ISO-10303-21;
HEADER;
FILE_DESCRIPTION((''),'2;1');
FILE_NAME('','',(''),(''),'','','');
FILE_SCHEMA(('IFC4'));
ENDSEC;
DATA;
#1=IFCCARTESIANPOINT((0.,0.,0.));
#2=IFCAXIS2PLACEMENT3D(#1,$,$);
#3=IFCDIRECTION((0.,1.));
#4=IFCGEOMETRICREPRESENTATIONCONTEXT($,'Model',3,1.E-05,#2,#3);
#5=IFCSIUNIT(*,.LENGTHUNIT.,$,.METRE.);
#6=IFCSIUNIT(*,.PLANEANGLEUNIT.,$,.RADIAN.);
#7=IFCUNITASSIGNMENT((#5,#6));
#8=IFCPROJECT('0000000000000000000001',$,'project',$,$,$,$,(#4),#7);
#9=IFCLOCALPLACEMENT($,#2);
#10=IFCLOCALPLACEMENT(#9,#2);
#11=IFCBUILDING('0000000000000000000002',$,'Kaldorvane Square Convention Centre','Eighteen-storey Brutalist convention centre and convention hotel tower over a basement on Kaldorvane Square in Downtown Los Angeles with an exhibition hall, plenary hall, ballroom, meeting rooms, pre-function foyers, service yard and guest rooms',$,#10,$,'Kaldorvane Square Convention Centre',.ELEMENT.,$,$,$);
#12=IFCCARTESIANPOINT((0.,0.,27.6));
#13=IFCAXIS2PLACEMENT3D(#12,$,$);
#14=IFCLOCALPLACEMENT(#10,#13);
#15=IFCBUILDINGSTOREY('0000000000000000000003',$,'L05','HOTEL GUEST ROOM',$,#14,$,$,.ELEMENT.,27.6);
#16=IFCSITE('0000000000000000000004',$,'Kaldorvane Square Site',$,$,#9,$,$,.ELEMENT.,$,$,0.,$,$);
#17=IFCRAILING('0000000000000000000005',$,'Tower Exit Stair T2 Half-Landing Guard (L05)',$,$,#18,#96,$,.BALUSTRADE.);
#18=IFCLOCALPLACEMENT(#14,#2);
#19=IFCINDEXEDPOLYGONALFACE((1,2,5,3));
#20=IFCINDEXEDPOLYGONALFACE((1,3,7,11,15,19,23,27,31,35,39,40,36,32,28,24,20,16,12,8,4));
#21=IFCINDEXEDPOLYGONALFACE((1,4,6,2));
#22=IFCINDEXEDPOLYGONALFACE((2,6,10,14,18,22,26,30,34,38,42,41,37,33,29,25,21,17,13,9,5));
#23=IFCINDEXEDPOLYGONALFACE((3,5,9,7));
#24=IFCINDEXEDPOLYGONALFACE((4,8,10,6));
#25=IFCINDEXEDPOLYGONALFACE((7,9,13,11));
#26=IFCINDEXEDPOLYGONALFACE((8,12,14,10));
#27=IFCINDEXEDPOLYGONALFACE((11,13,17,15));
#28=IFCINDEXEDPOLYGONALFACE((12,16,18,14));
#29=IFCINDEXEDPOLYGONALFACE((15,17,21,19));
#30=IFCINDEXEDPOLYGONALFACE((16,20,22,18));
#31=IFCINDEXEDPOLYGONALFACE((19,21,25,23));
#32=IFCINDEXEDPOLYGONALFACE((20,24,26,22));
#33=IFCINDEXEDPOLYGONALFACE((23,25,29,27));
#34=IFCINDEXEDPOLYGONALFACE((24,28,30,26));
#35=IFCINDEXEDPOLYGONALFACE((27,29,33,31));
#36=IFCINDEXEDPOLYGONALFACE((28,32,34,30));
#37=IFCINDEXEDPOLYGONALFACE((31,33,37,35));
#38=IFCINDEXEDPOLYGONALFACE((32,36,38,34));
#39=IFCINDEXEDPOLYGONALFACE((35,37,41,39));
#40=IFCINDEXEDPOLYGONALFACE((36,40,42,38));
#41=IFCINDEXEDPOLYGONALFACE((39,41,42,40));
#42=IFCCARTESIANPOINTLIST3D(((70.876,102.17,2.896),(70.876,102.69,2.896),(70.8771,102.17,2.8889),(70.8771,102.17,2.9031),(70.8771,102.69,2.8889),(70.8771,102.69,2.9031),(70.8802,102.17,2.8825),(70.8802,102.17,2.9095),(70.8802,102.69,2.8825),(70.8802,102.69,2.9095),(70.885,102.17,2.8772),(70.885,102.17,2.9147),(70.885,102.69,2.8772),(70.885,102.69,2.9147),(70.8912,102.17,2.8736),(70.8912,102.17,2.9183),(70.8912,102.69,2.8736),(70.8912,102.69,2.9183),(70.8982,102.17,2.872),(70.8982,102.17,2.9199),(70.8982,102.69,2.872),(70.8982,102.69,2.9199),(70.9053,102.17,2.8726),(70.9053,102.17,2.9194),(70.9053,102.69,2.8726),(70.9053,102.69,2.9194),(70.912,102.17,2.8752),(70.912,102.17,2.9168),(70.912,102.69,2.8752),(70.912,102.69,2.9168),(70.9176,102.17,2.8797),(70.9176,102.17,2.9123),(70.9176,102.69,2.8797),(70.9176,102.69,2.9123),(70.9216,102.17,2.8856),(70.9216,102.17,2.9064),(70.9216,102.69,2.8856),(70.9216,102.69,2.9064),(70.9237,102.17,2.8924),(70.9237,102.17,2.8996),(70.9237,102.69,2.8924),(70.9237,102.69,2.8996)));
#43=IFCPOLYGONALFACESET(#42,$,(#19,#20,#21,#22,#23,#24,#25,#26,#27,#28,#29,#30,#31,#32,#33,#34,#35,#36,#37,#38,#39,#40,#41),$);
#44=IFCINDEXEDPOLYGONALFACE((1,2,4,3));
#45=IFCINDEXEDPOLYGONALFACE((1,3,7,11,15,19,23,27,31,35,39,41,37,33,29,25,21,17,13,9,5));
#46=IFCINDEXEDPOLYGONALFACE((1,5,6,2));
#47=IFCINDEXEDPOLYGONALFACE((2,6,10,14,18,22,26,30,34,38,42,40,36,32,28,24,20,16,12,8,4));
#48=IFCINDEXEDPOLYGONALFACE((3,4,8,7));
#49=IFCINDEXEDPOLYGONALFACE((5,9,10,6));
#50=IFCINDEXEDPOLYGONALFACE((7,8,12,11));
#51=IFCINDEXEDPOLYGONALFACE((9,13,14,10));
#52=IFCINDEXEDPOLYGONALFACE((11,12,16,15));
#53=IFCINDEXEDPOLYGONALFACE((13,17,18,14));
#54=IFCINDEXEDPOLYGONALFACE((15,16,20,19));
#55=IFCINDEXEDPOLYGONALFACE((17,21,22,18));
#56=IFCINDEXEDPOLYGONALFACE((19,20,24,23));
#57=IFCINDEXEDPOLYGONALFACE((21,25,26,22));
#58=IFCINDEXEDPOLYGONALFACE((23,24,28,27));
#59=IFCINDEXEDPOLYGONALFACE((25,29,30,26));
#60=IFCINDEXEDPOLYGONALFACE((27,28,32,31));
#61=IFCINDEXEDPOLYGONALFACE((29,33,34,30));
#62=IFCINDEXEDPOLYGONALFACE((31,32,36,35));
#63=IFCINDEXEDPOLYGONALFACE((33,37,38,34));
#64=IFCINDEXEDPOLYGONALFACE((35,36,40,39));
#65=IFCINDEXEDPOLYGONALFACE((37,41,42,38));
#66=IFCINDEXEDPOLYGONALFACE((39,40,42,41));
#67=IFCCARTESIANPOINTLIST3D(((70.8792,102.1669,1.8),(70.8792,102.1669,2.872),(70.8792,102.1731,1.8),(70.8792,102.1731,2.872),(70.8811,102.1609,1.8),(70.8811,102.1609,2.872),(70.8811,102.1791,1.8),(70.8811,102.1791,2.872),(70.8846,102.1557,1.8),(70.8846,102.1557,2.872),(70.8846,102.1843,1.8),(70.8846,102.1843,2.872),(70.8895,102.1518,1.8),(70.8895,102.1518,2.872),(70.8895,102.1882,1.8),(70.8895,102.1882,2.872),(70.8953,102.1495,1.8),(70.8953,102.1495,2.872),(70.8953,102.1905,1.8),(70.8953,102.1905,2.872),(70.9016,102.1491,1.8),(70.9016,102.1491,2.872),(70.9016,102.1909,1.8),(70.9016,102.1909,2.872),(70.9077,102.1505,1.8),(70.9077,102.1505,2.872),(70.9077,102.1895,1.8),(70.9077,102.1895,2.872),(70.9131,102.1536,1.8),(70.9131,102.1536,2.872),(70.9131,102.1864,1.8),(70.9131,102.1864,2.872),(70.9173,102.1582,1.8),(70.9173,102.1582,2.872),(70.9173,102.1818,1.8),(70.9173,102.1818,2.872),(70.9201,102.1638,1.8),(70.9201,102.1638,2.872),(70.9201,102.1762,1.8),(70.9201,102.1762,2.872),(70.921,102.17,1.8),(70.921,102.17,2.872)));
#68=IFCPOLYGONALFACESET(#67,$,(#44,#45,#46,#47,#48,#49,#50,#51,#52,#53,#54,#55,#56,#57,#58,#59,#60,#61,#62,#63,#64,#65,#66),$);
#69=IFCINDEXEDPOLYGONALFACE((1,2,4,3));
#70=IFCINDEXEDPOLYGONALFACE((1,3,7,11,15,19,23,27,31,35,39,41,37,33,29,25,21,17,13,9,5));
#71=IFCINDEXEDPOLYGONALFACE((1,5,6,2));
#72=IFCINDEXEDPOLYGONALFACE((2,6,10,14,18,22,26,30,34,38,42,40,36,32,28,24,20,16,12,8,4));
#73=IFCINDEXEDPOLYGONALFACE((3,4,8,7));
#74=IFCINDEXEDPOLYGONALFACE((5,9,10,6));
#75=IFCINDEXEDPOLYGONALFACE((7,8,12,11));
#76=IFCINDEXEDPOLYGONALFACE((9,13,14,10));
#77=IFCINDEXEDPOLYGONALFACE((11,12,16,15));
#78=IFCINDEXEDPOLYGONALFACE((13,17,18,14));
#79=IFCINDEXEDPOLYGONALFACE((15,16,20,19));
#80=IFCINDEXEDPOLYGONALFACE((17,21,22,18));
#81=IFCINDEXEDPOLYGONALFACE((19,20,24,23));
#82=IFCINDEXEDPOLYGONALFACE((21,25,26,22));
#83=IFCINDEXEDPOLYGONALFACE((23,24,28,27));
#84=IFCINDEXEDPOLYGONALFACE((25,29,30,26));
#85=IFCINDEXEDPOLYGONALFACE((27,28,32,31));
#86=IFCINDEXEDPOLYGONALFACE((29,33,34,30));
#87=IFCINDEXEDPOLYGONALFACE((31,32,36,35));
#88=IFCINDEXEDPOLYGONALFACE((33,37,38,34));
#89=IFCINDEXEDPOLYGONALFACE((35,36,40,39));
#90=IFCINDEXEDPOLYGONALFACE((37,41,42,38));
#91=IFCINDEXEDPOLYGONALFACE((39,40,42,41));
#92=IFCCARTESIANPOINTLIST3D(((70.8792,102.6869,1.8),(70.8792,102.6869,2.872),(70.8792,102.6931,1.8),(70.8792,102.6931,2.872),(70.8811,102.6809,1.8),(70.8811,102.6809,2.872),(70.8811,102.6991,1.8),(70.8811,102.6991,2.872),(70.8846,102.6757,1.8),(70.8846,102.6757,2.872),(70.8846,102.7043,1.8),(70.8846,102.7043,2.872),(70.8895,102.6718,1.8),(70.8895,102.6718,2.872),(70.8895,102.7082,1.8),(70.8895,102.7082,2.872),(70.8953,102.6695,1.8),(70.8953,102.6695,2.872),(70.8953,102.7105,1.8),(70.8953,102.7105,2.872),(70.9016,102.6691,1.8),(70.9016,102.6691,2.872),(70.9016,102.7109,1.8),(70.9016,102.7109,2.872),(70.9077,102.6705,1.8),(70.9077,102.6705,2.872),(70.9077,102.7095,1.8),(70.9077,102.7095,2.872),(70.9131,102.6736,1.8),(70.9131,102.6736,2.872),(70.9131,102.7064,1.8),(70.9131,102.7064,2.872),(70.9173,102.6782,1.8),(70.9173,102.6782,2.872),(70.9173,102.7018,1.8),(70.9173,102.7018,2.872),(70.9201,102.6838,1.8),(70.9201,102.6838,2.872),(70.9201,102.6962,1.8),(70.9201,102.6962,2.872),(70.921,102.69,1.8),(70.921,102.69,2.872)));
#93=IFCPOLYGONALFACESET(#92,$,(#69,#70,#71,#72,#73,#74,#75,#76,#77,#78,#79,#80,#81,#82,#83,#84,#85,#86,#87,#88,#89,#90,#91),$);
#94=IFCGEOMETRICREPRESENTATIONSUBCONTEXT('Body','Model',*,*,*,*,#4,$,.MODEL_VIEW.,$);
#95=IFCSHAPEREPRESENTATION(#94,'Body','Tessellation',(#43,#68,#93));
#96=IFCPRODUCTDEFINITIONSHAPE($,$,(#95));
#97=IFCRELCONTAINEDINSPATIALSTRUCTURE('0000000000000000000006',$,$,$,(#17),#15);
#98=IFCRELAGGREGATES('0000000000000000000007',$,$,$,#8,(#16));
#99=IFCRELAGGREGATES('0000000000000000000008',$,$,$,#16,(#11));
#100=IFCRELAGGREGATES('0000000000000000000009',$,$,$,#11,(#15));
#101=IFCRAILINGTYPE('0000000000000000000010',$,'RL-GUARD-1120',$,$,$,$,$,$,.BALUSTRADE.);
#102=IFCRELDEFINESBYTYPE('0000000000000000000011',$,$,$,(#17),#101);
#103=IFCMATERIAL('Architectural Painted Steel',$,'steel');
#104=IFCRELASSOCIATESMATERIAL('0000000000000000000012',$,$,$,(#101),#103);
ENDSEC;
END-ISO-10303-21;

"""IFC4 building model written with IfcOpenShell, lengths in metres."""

from ifc_helpers import new_model, si_unit, direction, frame, origin, origin_2d, place, context, subcontext, project, spatial, circle, extrude, material, type_object, element, save


model = new_model("IFC4")

# Units and contexts
model_context = context("Model", 3, precision=1e-05, world=origin(), true_north=direction((0.0, 1.0)))
body_context = subcontext(model_context, "Body", "Model", "MODEL_VIEW")
ifc_project = project(units=[si_unit("LENGTHUNIT", "METRE"), si_unit("PLANEANGLEUNIT", "RADIAN")], contexts=[model_context])

# Site, building, storey
site_placement = place(None, origin())
site = spatial("IfcSite", under=ifc_project, at=site_placement, Name="Kaldorvane Square Site", CompositionType="ELEMENT", RefElevation=0.0)
building_placement = place(site_placement, origin())
building = spatial("IfcBuilding", under=site, at=building_placement, Name="Kaldorvane Square Convention Centre", Description="Eighteen-storey Brutalist convention centre and convention hotel tower over a basement on Kaldorvane Square in Downtown Los Angeles with an exhibition hall, plenary hall, ballroom, meeting rooms, pre-function foyers, service yard and guest rooms", LongName="Kaldorvane Square Convention Centre", CompositionType="ELEMENT")
storey_placement = place(building_placement, frame((0.0, 0.0, 27.6)))
storey = spatial("IfcBuildingStorey", under=building, at=storey_placement, Name="L05", Description="HOTEL GUEST ROOM", CompositionType="ELEMENT", Elevation=27.6)

# Railing
ifc_material_1 = material(Name="Architectural Painted Steel", Category="steel")
railing_type_1 = type_object("IfcRailingType", Name="RL-GUARD-1120", PredefinedType="BALUSTRADE", material=ifc_material_1)
for number, where, name in (
    (1, (70.9, 102.17, 1.8), "Tower Exit Stair T2 Half-Landing Guard (L05)"),
):
    element("IfcRailing", number, at=place(storey_placement, frame(where)), inside=storey, type_object=railing_type_1, Name=name, PredefinedType="BALUSTRADE", context=body_context, shape_type="SweptSolid", body=[
        extrude(circle(Radius=0.024, at=origin_2d()), frame((0.0, 0.0, 1.096), z_axis=(0.0, 1.0, 0.0), x_axis=(-1.0, 0.0, 0.0)), (0.0, 0.0, 1.0), 0.52),
        extrude(circle(Radius=0.021, at=origin_2d()), origin(), (0.0, 0.0, 1.0), 1.072),
        extrude(circle(Radius=0.021, at=origin_2d()), frame((0.0, 0.52, 0.0)), (0.0, 0.0, 1.0), 1.072),
    ])

save(model, "model.ifc")
